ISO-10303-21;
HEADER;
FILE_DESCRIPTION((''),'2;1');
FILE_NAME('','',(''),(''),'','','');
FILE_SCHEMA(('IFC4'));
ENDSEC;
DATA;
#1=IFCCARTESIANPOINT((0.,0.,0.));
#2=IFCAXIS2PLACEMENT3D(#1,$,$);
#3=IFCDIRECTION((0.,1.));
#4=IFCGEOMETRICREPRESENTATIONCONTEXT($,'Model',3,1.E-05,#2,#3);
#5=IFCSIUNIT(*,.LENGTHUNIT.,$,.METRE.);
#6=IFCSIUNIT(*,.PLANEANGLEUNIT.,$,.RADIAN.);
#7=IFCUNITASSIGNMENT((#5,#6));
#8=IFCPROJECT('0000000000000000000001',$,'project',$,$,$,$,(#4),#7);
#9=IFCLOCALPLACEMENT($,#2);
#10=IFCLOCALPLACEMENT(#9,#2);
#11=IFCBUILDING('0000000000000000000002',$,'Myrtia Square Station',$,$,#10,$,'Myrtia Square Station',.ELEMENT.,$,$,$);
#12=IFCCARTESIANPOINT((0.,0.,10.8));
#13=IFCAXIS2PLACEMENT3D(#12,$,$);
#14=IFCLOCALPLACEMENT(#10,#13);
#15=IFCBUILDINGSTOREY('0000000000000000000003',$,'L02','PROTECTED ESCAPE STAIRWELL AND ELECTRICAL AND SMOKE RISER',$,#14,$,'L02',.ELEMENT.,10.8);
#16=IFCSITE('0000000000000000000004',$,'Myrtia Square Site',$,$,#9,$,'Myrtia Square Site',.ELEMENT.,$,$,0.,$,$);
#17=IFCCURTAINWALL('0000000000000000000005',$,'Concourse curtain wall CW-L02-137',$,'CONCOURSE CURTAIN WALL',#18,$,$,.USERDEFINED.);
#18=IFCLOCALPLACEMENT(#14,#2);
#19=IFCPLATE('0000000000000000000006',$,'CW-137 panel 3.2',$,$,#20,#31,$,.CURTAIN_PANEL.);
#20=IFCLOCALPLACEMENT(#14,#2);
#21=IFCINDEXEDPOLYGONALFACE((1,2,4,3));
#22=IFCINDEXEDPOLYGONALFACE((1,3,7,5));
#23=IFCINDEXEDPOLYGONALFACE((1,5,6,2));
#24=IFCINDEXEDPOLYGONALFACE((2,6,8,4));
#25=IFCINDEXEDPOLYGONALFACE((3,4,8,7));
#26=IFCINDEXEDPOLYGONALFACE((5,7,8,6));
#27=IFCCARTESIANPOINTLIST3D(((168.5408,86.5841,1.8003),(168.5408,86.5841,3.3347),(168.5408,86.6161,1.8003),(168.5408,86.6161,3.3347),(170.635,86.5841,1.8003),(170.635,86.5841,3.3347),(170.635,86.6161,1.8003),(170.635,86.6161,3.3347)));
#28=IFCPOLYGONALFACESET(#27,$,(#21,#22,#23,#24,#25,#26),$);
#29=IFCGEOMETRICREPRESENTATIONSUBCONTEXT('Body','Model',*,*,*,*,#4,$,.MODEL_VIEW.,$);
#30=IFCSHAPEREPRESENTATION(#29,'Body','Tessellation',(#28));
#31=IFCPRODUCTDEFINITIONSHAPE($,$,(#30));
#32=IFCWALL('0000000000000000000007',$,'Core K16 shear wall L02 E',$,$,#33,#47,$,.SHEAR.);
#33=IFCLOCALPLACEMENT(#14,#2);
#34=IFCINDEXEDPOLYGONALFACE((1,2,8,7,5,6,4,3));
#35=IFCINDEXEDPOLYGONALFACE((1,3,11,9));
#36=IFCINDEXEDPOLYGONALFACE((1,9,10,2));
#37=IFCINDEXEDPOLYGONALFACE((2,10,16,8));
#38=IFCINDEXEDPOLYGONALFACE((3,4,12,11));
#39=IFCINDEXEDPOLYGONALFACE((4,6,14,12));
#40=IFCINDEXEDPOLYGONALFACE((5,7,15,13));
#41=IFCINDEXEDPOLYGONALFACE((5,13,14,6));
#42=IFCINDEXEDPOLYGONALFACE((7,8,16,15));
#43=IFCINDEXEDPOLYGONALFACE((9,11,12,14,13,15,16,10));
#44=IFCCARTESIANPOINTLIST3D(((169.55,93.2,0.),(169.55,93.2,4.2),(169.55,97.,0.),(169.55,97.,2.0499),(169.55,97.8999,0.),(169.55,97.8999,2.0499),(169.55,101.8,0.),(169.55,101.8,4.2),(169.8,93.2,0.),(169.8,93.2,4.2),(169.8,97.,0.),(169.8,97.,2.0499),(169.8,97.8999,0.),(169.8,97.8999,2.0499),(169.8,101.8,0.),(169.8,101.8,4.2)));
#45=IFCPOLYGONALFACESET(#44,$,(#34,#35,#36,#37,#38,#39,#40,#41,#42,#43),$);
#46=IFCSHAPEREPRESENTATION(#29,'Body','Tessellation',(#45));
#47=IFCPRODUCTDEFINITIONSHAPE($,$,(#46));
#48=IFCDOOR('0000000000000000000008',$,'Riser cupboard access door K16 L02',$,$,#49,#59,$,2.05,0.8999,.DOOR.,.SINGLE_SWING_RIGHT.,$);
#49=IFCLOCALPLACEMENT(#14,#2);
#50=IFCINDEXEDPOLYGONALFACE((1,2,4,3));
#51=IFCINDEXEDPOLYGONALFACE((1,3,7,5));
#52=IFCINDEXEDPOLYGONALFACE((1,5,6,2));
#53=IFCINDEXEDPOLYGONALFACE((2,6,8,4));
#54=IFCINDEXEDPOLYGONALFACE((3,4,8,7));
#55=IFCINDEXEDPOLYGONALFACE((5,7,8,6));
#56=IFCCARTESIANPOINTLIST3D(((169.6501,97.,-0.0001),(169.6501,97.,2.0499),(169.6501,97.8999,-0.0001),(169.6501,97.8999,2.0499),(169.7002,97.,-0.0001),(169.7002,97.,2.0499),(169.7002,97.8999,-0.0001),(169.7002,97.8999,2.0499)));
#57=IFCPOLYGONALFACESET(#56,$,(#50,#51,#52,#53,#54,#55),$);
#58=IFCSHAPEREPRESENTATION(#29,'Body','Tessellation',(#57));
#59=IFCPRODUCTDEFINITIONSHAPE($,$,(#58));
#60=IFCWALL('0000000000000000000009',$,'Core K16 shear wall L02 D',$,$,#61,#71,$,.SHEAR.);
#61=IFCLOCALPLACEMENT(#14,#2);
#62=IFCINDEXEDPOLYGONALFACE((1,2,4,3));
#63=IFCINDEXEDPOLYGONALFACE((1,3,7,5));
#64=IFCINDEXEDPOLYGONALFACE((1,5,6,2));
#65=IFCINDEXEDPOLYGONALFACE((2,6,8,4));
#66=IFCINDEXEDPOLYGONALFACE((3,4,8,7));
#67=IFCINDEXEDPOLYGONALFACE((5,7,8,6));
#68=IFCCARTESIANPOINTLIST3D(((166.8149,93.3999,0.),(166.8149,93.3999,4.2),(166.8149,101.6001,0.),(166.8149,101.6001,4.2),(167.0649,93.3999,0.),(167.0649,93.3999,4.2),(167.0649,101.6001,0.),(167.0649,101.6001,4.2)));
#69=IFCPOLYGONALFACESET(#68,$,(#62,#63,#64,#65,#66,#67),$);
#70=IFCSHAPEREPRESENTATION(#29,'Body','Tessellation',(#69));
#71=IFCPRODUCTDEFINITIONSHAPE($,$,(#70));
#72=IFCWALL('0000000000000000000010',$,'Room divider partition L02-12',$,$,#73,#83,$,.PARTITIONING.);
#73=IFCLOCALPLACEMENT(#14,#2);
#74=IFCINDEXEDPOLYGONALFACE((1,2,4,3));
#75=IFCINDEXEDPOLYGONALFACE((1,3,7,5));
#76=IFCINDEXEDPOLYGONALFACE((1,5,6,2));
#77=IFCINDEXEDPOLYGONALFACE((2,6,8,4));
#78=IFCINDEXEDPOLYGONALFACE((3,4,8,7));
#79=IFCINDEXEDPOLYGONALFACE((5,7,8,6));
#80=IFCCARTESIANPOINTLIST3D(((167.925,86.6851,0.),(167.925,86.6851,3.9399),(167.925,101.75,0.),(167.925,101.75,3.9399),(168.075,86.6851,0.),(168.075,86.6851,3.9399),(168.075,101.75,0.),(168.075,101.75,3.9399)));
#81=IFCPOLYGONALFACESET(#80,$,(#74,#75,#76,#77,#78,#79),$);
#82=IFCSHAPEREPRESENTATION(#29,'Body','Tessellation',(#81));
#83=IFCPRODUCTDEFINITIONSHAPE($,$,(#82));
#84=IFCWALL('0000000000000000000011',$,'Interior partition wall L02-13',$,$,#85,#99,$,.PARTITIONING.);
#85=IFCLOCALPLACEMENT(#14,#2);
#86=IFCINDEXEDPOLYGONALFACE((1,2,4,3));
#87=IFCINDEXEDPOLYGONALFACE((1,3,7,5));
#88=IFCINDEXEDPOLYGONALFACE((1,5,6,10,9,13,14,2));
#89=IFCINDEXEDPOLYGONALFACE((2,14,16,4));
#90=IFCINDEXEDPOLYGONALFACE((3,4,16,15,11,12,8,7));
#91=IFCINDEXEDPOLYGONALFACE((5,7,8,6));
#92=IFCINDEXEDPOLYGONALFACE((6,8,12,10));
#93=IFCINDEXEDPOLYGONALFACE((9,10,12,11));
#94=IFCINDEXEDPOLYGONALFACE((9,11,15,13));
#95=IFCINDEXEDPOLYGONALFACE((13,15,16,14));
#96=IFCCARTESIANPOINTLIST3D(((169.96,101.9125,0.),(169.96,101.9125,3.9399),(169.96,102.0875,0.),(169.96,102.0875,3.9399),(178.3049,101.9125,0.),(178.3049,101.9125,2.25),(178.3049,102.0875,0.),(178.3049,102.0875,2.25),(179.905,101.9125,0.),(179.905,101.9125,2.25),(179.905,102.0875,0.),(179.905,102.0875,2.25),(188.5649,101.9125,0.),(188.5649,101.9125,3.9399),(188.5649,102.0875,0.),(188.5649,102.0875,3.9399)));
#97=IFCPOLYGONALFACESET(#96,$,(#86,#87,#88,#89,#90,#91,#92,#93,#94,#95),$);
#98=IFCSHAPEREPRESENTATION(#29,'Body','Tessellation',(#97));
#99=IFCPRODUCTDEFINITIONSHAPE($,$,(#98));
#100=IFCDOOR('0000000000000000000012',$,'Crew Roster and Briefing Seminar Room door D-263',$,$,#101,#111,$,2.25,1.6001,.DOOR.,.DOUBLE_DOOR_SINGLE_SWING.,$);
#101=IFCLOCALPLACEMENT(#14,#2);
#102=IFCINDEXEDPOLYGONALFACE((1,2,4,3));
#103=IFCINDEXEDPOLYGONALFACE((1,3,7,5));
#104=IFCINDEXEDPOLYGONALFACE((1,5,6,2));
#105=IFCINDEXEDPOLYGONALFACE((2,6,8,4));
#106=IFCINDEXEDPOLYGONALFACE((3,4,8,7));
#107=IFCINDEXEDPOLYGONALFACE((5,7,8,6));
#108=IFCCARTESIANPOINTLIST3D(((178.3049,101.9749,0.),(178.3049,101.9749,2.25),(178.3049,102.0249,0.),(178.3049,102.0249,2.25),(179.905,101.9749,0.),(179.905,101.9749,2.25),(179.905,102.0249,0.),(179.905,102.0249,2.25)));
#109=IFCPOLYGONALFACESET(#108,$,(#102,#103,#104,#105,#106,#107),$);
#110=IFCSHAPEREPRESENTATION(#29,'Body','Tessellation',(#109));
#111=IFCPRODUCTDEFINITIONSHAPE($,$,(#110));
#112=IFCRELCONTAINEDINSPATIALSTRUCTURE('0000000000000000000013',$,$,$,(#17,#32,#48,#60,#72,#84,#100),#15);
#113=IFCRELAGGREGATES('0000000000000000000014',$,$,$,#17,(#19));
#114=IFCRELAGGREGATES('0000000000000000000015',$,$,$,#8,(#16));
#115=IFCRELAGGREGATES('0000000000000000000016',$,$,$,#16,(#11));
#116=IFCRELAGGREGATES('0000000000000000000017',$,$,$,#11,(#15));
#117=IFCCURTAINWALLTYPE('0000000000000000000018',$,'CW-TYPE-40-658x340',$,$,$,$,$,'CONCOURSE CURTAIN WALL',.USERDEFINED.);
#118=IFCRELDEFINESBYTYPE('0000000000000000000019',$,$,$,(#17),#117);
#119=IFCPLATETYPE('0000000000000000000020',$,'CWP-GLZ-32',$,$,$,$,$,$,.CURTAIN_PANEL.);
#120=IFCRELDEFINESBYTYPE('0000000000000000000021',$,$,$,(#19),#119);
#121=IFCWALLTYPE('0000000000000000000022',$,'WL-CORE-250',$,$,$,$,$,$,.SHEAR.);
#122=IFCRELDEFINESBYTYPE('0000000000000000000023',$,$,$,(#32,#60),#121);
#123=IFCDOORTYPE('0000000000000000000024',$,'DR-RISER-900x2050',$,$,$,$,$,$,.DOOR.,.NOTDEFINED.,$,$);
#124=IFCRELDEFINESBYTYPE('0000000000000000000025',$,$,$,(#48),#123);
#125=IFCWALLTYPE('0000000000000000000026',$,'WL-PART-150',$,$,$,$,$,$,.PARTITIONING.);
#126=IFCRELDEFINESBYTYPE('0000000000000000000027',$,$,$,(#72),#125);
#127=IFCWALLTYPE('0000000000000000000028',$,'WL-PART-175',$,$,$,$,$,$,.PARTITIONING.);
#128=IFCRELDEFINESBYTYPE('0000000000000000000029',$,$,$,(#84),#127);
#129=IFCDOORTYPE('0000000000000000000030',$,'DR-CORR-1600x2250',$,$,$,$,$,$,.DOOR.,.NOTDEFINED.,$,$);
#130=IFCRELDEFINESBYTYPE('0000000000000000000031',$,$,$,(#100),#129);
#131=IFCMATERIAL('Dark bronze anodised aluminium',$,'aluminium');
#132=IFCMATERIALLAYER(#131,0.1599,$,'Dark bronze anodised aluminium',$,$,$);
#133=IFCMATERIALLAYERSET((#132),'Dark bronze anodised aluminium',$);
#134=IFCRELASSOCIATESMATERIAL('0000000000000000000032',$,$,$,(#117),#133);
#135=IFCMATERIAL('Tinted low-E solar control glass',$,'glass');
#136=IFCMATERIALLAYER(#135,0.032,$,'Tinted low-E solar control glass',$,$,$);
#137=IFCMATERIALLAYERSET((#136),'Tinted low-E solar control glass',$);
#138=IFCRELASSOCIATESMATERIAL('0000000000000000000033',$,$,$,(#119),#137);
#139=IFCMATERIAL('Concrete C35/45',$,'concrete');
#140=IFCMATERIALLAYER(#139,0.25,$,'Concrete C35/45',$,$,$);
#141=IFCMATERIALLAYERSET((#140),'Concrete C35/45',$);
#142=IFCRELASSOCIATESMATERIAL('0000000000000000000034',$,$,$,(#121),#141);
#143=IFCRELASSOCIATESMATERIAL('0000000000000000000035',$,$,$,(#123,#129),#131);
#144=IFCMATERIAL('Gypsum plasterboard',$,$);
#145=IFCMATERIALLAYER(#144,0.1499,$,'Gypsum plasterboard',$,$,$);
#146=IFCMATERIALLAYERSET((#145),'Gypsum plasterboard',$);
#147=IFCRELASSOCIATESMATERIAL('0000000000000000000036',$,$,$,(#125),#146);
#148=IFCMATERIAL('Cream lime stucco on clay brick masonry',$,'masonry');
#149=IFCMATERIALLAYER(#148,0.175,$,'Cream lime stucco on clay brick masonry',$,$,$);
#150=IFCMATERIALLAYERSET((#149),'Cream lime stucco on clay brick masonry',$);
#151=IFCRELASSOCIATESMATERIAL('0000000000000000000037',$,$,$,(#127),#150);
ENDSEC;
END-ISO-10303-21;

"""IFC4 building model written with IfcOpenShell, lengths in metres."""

from ifc_helpers import new_model, si_unit, direction, frame, frame_2d, origin, origin_2d, place, context, subcontext, project, spatial, rectangle, extrude, material, layer, layer_set, type_object, element, fill, aggregate, save


model = new_model("IFC4")

# Units and contexts
model_context = context("Model", 3, precision=1e-05, world=origin(), true_north=direction((0.0, 1.0)))
body_context = subcontext(model_context, "Body", "Model", "MODEL_VIEW")
ifc_project = project(units=[si_unit("LENGTHUNIT", "METRE"), si_unit("PLANEANGLEUNIT", "RADIAN")], contexts=[model_context])

# Site, building, storey
site_placement = place(None, origin())
site = spatial("IfcSite", under=ifc_project, at=site_placement, Name="Myrtia Square Site", LongName="Myrtia Square Site", CompositionType="ELEMENT", RefElevation=0.0)
building_placement = place(site_placement, origin())
building = spatial("IfcBuilding", under=site, at=building_placement, Name="Myrtia Square Station", LongName="Myrtia Square Station", CompositionType="ELEMENT")
storey_placement = place(building_placement, frame((0.0, 0.0, 10.8)))
storey = spatial("IfcBuildingStorey", under=building, at=storey_placement, Name="L02", Description="PROTECTED ESCAPE STAIRWELL AND ELECTRICAL AND SMOKE RISER", LongName="L02", CompositionType="ELEMENT", Elevation=10.8)

# Curtain wall
ifc_material_1 = material(Name="Dark bronze anodised aluminium", Category="aluminium")
ifc_layer_1 = layer(ifc_material_1, 0.1599, Name="Dark bronze anodised aluminium")
ifc_layer_set_1 = layer_set([ifc_layer_1], Name="Dark bronze anodised aluminium")
curtain_wall_type = type_object("IfcCurtainWallType", Name="CW-TYPE-40-658x340", ElementType="CONCOURSE CURTAIN WALL", PredefinedType="USERDEFINED", material=ifc_layer_set_1)
curtain_wall_1_placement = place(storey_placement, origin())
curtain_wall_1 = element("IfcCurtainWall", 1, at=curtain_wall_1_placement, inside=storey, type_object=curtain_wall_type, Name="Concourse curtain wall CW-L02-137", ObjectType="CONCOURSE CURTAIN WALL", PredefinedType="USERDEFINED")

# Plate
ifc_material_2 = material(Name="Tinted low-E solar control glass", Category="glass")
ifc_layer_2 = layer(ifc_material_2, 0.032, Name="Tinted low-E solar control glass")
ifc_layer_set_2 = layer_set([ifc_layer_2], Name="Tinted low-E solar control glass")
plate_type = type_object("IfcPlateType", Name="CWP-GLZ-32", PredefinedType="CURTAIN_PANEL", material=ifc_layer_set_2)
plate_1_placement = place(storey_placement, frame((169.5879, 86.6001, 1.8003), z_axis=(0.0, 0.0, 1.0), x_axis=(1.0, 0.0, 0.0)))
plate_1 = element("IfcPlate", 2, at=plate_1_placement, type_object=plate_type, Name="CW-137 panel 3.2", PredefinedType="CURTAIN_PANEL", context=body_context, shape_type="SweptSolid", body=[
    extrude(rectangle(XDim=2.0942, YDim=0.032, at=origin_2d()), origin(), (0.0, 0.0, 1.0), 1.5344),
])
aggregate(curtain_wall_1, [plate_1])

# Wall, opening, door
ifc_material_3 = material(Name="Concrete C35/45", Category="concrete")
ifc_layer_3 = layer(ifc_material_3, 0.25, Name="Concrete C35/45")
ifc_layer_set_3 = layer_set([ifc_layer_3], Name="Concrete C35/45")
wall_type_1 = type_object("IfcWallType", Name="WL-CORE-250", PredefinedType="SHEAR", material=ifc_layer_set_3)
wall_1_placement = place(storey_placement, frame((169.675, 93.2, 0.0), z_axis=(0.0, 0.0, 1.0), x_axis=(0.0, 1.0, 0.0)))
wall_1 = element("IfcWall", 3, at=wall_1_placement, inside=storey, type_object=wall_type_1, Name="Core K16 shear wall L02 E", PredefinedType="SHEAR", context=body_context, shape_type="SweptSolid", body=[
    extrude(rectangle(XDim=8.6001, YDim=0.25, at=frame_2d((4.3, 0.0))), origin(), (0.0, 0.0, 1.0), 4.2),
])
opening_1_placement = place(wall_1_placement, frame((3.8, 0.0, 0.0)))
opening_1 = element("IfcOpeningElement", 4, at=opening_1_placement, cuts=wall_1, PredefinedType="OPENING", context=body_context, shape_type="SweptSolid", body=[
    extrude(rectangle(XDim=0.8999, YDim=2.05, at=frame_2d((0.45, 1.0249))), frame((0.0, 0.1399, 0.0), z_axis=(0.0, -1.0, 0.0), x_axis=(1.0, 0.0, 0.0)), (0.0, 0.0, 1.0), 0.28),
])
door_type_1 = type_object("IfcDoorType", Name="DR-RISER-900x2050", OperationType="NOTDEFINED", PredefinedType="DOOR", material=ifc_material_1)
door_1_placement = place(opening_1_placement, origin())
door_1 = element("IfcDoor", 5, at=door_1_placement, inside=storey, type_object=door_type_1, Name="Riser cupboard access door K16 L02", OperationType="SINGLE_SWING_RIGHT", OverallHeight=2.05, OverallWidth=0.8999, PredefinedType="DOOR", context=body_context, shape_type="SweptSolid", body=[
    extrude(rectangle(XDim=0.8999, YDim=2.05, at=frame_2d((0.45, 1.0249))), frame((0.0, 0.0249, 0.0), z_axis=(0.0, -1.0, 0.0), x_axis=(1.0, 0.0, 0.0)), (0.0, 0.0, 1.0), 0.05),
])
fill(opening_1, door_1)

# Walls
wall_2_placement = place(storey_placement, frame((166.9399, 93.3999, 0.0), z_axis=(0.0, 0.0, 1.0), x_axis=(0.0, 1.0, 0.0)))
element("IfcWall", 6, at=wall_2_placement, inside=storey, type_object=wall_type_1, Name="Core K16 shear wall L02 D", PredefinedType="SHEAR", context=body_context, shape_type="SweptSolid", body=[
    extrude(rectangle(XDim=8.2002, YDim=0.25, at=frame_2d((4.1001, 0.0))), origin(), (0.0, 0.0, 1.0), 4.2),
])
ifc_material_4 = material(Name="Gypsum plasterboard")
ifc_layer_4 = layer(ifc_material_4, 0.1499, Name="Gypsum plasterboard")
ifc_layer_set_4 = layer_set([ifc_layer_4], Name="Gypsum plasterboard")
wall_type_2 = type_object("IfcWallType", Name="WL-PART-150", PredefinedType="PARTITIONING", material=ifc_layer_set_4)
wall_3_placement = place(storey_placement, frame((168.0, 86.6851, 0.0), z_axis=(0.0, 0.0, 1.0), x_axis=(0.0, 1.0, 0.0)))
element("IfcWall", 7, at=wall_3_placement, inside=storey, type_object=wall_type_2, Name="Room divider partition L02-12", PredefinedType="PARTITIONING", context=body_context, shape_type="SweptSolid", body=[
    extrude(rectangle(XDim=15.0649, YDim=0.1499, at=frame_2d((7.5325, 0.0))), origin(), (0.0, 0.0, 1.0), 3.9399),
])

# Wall, opening, door
ifc_material_5 = material(Name="Cream lime stucco on clay brick masonry", Category="masonry")
ifc_layer_5 = layer(ifc_material_5, 0.175, Name="Cream lime stucco on clay brick masonry")
ifc_layer_set_5 = layer_set([ifc_layer_5], Name="Cream lime stucco on clay brick masonry")
wall_type_3 = type_object("IfcWallType", Name="WL-PART-175", PredefinedType="PARTITIONING", material=ifc_layer_set_5)
wall_4_placement = place(storey_placement, frame((169.96, 102.0, 0.0), z_axis=(0.0, 0.0, 1.0), x_axis=(1.0, 0.0, 0.0)))
wall_4 = element("IfcWall", 8, at=wall_4_placement, inside=storey, type_object=wall_type_3, Name="Interior partition wall L02-13", PredefinedType="PARTITIONING", context=body_context, shape_type="SweptSolid", body=[
    extrude(rectangle(XDim=18.605, YDim=0.175, at=frame_2d((9.3025, 0.0))), origin(), (0.0, 0.0, 1.0), 3.9399),
])
opening_2_placement = place(wall_4_placement, frame((8.345, 0.0, 0.0)))
opening_2 = element("IfcOpeningElement", 9, at=opening_2_placement, cuts=wall_4, PredefinedType="OPENING", context=body_context, shape_type="SweptSolid", body=[
    extrude(rectangle(XDim=1.6001, YDim=2.25, at=frame_2d((0.8, 1.125))), frame((0.0, 0.1025, 0.0), z_axis=(0.0, -1.0, 0.0), x_axis=(1.0, 0.0, 0.0)), (0.0, 0.0, 1.0), 0.2051),
])
door_type_2 = type_object("IfcDoorType", Name="DR-CORR-1600x2250", OperationType="NOTDEFINED", PredefinedType="DOOR", material=ifc_material_1)
door_2_placement = place(opening_2_placement, origin())
door_2 = element("IfcDoor", 10, at=door_2_placement, inside=storey, type_object=door_type_2, Name="Crew Roster and Briefing Seminar Room door D-263", OperationType="DOUBLE_DOOR_SINGLE_SWING", OverallHeight=2.25, OverallWidth=1.6001, PredefinedType="DOOR", context=body_context, shape_type="SweptSolid", body=[
    extrude(rectangle(XDim=1.6001, YDim=2.25, at=frame_2d((0.8, 1.125))), frame((0.0, 0.0249, 0.0), z_axis=(0.0, -1.0, 0.0), x_axis=(1.0, 0.0, 0.0)), (0.0, 0.0, 1.0), 0.05),
])
fill(opening_2, door_2)

save(model, "model.ifc")
